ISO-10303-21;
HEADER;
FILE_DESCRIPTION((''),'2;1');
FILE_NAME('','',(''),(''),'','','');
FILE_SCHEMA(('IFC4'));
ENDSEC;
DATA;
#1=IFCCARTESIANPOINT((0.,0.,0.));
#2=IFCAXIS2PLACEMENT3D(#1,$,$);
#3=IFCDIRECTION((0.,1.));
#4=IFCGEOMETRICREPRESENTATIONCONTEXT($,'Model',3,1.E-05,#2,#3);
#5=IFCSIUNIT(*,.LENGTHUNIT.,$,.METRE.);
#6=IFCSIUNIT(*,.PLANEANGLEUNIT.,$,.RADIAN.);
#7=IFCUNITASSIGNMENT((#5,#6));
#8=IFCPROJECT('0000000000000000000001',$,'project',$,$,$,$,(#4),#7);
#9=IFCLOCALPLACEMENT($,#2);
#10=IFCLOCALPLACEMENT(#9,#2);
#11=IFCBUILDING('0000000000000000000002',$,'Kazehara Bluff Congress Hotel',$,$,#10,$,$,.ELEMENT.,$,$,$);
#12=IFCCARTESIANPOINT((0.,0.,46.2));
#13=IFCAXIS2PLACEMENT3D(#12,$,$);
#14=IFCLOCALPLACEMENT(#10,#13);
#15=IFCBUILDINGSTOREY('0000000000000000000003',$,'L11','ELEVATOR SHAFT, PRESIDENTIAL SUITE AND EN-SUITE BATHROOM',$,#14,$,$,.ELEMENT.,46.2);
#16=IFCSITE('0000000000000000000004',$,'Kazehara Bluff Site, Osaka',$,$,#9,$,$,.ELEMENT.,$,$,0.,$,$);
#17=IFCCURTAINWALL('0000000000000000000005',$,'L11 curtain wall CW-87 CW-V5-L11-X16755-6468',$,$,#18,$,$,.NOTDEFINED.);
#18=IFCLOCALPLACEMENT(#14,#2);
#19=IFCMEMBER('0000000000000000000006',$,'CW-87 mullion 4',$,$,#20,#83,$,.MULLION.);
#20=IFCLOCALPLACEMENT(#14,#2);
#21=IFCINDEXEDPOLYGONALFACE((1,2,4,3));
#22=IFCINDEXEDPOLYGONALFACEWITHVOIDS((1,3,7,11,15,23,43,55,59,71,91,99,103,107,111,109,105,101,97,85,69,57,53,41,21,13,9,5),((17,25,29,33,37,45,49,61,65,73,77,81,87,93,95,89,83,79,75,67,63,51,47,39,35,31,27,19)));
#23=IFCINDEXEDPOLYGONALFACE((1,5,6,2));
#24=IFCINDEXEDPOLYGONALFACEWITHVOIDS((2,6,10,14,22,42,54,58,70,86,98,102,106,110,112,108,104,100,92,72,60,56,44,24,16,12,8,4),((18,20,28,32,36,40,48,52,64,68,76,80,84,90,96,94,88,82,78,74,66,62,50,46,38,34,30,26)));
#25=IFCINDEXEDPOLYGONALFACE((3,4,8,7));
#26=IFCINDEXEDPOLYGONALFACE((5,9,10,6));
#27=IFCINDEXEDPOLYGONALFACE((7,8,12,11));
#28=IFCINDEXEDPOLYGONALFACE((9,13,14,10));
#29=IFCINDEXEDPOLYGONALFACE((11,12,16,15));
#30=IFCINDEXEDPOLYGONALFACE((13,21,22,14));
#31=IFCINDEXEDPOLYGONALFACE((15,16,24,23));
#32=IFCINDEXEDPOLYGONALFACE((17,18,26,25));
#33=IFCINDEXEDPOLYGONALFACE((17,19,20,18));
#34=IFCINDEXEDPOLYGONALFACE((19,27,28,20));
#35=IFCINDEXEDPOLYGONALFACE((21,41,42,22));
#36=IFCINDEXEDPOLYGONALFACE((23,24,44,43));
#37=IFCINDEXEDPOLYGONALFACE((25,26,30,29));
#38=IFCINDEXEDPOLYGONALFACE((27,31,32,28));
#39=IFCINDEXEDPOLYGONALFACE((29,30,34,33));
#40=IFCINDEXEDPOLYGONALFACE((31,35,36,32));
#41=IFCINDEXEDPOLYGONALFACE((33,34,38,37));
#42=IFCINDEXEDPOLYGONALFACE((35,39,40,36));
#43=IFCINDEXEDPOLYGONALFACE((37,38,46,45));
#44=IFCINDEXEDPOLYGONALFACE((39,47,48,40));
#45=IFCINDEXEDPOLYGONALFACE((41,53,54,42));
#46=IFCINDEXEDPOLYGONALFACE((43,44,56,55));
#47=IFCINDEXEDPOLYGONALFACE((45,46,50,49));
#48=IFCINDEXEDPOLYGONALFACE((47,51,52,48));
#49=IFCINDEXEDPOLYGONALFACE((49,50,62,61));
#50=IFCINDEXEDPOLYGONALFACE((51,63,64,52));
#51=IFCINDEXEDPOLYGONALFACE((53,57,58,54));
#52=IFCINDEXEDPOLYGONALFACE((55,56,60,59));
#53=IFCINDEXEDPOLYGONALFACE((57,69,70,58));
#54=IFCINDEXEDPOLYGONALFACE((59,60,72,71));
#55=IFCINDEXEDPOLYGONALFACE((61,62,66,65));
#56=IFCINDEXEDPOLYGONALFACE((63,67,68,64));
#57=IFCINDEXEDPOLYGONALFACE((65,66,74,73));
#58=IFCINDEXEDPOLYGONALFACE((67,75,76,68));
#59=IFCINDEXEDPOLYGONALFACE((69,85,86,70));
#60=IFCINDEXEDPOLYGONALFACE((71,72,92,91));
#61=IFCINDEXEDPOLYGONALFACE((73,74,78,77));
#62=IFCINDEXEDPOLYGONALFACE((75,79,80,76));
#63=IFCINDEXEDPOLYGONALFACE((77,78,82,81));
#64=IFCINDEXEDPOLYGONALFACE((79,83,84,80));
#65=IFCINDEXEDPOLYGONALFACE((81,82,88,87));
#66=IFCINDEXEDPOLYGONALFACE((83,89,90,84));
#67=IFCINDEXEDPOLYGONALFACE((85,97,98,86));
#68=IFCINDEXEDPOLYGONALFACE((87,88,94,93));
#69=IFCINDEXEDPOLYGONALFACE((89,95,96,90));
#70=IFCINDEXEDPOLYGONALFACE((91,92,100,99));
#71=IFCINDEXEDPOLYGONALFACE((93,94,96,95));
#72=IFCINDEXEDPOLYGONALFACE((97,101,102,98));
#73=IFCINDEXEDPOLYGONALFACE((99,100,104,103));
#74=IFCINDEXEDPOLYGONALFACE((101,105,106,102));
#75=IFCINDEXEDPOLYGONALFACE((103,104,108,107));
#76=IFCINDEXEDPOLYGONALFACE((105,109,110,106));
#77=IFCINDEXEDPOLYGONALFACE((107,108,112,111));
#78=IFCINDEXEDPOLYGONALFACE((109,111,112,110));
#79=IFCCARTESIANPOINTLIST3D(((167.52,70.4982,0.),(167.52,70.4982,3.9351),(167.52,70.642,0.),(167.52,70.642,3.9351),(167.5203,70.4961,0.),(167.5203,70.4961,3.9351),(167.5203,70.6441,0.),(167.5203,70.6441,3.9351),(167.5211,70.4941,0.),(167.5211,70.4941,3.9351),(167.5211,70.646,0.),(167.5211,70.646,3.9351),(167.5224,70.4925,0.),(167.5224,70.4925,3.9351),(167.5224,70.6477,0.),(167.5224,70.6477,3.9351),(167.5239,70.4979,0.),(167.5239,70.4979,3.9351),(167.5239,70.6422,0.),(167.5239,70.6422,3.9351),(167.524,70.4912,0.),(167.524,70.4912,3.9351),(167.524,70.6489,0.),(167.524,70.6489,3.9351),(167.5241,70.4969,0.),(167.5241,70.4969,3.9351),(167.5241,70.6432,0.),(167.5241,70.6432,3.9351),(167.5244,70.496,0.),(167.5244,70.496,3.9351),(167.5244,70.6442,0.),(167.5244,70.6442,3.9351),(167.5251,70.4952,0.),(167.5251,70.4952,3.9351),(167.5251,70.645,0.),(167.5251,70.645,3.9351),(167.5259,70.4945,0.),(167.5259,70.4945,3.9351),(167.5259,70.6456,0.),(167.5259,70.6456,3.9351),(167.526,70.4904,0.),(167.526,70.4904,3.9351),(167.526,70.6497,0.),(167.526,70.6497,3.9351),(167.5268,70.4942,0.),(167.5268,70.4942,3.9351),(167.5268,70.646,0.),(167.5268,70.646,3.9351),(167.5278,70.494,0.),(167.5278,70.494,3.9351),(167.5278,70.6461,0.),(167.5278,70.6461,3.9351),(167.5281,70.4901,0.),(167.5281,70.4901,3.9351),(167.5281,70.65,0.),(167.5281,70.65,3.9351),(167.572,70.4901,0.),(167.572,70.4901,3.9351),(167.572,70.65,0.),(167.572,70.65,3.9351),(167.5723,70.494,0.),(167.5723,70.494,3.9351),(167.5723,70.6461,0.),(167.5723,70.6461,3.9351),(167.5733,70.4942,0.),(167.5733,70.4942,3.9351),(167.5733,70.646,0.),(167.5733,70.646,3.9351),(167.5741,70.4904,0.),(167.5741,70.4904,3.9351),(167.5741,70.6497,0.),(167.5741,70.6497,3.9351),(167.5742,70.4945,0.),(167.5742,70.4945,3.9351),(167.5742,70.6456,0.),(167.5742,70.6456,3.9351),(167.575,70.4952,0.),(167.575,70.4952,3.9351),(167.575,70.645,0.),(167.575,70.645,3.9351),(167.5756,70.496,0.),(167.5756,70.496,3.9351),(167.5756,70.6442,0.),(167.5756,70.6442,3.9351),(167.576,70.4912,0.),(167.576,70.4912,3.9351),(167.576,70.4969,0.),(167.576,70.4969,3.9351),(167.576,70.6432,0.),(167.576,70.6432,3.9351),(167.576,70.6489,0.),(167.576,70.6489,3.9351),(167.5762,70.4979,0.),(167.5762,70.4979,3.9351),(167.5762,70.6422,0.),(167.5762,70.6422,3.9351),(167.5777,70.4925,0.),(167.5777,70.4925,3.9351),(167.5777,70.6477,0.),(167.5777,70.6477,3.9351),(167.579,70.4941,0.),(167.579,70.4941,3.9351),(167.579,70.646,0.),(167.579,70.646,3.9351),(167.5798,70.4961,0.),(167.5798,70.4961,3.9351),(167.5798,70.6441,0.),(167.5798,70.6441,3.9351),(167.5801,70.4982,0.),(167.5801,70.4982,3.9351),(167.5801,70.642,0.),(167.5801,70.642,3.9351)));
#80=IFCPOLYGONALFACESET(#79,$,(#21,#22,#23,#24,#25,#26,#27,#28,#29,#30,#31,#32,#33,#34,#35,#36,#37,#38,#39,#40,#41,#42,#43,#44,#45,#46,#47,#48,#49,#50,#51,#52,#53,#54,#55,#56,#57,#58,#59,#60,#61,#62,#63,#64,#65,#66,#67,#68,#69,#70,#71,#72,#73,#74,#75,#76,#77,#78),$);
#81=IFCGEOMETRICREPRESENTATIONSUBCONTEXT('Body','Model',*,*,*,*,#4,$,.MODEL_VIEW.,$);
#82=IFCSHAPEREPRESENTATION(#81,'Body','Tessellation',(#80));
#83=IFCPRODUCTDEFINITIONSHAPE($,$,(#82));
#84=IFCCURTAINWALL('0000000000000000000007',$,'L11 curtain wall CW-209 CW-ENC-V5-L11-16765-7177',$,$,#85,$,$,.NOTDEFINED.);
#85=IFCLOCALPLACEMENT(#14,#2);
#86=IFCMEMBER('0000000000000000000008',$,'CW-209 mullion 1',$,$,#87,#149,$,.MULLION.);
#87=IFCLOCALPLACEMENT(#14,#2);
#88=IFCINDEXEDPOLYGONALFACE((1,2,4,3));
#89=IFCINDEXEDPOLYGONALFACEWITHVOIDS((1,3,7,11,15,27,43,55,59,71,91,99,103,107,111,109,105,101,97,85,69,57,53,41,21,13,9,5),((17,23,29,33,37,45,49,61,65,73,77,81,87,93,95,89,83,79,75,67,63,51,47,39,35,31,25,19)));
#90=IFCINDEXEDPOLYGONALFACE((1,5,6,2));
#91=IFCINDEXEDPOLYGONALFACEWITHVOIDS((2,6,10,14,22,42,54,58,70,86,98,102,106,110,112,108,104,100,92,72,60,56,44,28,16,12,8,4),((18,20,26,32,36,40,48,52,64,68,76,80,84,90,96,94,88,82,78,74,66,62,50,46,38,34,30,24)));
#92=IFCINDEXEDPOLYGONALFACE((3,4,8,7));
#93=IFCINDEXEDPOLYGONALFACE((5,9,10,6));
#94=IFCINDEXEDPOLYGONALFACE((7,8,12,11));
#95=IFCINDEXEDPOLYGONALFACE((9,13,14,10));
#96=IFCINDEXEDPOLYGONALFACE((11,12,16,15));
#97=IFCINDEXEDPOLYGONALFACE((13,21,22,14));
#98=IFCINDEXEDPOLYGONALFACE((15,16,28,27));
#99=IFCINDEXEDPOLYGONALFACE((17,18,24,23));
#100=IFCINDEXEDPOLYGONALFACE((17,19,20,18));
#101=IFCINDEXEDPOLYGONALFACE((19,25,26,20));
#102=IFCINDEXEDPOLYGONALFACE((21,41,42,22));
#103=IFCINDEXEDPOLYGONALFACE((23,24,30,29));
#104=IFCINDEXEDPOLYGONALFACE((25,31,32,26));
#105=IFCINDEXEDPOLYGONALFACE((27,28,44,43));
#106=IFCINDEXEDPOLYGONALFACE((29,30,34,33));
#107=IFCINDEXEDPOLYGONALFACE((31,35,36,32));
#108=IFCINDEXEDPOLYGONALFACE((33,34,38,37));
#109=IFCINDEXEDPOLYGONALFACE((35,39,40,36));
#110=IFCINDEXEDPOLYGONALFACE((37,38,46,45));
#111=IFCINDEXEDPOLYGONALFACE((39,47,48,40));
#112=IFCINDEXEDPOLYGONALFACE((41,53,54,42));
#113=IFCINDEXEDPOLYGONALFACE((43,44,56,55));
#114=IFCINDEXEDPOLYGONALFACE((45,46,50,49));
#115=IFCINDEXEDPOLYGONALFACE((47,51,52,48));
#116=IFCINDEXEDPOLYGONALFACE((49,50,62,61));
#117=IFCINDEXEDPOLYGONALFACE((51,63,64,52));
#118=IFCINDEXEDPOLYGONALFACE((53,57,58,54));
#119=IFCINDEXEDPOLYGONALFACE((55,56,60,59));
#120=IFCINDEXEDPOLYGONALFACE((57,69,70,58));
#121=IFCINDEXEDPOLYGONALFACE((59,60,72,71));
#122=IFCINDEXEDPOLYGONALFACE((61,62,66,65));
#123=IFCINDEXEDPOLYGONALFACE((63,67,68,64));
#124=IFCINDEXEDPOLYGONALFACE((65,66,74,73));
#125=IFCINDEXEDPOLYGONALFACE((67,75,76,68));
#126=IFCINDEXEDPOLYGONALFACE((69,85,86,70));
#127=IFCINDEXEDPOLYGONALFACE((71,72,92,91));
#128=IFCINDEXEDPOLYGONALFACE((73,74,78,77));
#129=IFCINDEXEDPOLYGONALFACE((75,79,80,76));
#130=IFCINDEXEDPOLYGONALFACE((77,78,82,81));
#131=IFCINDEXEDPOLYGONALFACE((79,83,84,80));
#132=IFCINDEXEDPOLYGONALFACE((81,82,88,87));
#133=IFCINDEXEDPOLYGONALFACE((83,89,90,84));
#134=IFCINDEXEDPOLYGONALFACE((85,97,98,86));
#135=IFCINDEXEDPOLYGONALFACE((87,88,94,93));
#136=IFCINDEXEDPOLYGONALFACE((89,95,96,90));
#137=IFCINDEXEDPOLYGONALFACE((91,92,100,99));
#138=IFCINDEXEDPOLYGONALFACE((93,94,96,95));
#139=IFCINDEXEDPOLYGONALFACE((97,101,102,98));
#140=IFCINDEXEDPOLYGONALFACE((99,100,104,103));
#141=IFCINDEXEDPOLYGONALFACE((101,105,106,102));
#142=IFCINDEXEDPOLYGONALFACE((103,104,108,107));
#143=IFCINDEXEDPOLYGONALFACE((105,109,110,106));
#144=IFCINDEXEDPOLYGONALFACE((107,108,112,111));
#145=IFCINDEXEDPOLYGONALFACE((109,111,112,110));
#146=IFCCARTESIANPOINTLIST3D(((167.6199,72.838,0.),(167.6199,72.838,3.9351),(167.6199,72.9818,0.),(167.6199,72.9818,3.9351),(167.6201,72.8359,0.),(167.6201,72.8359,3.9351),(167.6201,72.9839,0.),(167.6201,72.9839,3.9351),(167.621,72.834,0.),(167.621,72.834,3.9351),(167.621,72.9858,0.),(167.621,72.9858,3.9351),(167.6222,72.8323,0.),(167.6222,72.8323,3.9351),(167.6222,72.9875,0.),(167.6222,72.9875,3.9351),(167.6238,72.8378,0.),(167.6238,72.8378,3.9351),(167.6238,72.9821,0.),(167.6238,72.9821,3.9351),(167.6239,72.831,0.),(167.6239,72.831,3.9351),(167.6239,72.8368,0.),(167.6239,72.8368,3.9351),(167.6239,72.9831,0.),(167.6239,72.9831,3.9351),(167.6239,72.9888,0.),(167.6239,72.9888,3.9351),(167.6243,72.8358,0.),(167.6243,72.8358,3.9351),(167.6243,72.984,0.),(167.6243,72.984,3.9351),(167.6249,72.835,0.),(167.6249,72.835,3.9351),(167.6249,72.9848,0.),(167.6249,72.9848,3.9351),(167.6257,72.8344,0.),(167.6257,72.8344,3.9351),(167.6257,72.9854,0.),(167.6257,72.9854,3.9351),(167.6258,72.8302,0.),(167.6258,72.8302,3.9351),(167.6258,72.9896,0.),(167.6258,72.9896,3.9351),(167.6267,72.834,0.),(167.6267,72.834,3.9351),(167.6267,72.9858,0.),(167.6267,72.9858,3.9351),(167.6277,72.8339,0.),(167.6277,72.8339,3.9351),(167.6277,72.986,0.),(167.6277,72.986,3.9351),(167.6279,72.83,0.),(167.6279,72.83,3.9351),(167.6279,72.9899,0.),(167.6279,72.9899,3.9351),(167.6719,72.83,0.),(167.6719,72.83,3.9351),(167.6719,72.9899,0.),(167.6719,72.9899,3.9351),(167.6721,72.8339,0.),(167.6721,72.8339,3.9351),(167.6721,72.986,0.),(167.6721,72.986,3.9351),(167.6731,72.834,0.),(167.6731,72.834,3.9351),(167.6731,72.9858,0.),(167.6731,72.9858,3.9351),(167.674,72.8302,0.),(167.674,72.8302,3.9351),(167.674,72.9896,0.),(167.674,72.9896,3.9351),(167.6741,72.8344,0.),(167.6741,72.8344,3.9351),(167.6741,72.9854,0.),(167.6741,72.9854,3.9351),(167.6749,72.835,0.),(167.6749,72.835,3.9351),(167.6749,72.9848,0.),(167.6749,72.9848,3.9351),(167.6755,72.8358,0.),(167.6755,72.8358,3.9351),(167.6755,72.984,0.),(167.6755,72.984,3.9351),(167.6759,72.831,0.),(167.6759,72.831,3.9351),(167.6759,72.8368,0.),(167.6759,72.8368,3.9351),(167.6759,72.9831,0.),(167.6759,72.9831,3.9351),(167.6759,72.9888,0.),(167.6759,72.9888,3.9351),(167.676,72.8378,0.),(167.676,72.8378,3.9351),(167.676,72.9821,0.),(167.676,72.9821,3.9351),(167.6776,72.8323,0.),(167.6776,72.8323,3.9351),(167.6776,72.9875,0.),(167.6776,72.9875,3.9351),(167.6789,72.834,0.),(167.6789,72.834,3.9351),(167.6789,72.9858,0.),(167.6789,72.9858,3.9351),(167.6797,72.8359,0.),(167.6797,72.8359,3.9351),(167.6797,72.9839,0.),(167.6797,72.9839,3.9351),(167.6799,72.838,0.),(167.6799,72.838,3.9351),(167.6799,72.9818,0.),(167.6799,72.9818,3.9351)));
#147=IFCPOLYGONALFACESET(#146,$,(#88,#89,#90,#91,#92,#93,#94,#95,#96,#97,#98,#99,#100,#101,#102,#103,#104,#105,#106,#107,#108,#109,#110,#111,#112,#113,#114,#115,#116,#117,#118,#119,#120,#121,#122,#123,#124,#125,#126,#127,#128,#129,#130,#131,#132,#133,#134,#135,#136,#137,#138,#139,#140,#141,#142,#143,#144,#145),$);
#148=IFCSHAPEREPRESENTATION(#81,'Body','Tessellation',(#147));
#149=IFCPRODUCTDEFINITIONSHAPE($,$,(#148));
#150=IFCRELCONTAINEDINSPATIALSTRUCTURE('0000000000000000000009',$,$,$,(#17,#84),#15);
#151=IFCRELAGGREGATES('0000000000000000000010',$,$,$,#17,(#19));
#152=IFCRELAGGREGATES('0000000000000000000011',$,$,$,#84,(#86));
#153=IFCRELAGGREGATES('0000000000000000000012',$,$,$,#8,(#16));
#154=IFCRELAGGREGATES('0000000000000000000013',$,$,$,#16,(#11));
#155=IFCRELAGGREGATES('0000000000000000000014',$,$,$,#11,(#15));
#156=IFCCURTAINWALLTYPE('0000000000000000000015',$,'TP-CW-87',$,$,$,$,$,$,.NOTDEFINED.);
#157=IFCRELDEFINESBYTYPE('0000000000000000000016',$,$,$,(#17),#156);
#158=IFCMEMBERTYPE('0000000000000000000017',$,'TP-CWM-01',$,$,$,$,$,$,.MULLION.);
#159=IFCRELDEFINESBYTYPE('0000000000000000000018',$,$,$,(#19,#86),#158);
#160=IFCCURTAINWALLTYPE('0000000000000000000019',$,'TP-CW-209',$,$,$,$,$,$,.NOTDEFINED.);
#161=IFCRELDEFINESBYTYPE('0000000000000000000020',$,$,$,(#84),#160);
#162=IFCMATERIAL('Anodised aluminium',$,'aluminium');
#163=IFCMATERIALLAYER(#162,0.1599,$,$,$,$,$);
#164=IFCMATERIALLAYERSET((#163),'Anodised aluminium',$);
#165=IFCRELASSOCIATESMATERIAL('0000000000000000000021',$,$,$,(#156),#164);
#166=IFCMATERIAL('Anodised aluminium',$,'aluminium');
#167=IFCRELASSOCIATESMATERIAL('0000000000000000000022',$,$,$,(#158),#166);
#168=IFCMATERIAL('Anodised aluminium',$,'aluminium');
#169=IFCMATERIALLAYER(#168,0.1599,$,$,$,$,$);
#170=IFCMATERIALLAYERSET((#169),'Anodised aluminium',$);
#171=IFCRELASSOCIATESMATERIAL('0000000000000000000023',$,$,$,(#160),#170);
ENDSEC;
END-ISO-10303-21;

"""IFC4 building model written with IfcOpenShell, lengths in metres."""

from ifc_helpers import new_model, si_unit, direction, frame, origin, origin_2d, place, context, subcontext, project, spatial, hollow_rectangle, extrude, material, layer, layer_set, material_profile, profile_set, type_object, element, aggregate, save


model = new_model("IFC4")

# Units and contexts
model_context = context("Model", 3, precision=1e-05, world=origin(), true_north=direction((0.0, 1.0)))
body_context = subcontext(model_context, "Body", "Model", "MODEL_VIEW")
ifc_project = project(units=[si_unit("LENGTHUNIT", "METRE"), si_unit("PLANEANGLEUNIT", "RADIAN")], contexts=[model_context])

# Site, building, storey
site_placement = place(None, origin())
site = spatial("IfcSite", under=ifc_project, at=site_placement, Name="Kazehara Bluff Site, Osaka", CompositionType="ELEMENT", RefElevation=0.0)
building_placement = place(site_placement, origin())
building = spatial("IfcBuilding", under=site, at=building_placement, Name="Kazehara Bluff Congress Hotel", CompositionType="ELEMENT")
storey_placement = place(building_placement, frame((0.0, 0.0, 46.2)))
storey = spatial("IfcBuildingStorey", under=building, at=storey_placement, Name="L11", Description="ELEVATOR SHAFT, PRESIDENTIAL SUITE AND EN-SUITE BATHROOM", CompositionType="ELEMENT", Elevation=46.2)

# Curtain wall, member
ifc_material_1 = material(Name="Anodised aluminium", Category="aluminium")
ifc_layer_1 = layer(ifc_material_1, 0.1599)
ifc_layer_set_1 = layer_set([ifc_layer_1], Name="Anodised aluminium")
curtain_wall_type_1 = type_object("IfcCurtainWallType", Name="TP-CW-87", PredefinedType="NOTDEFINED", material=ifc_layer_set_1)
curtain_wall_1_placement = place(storey_placement, origin())
curtain_wall_1 = element("IfcCurtainWall", 1, at=curtain_wall_1_placement, inside=storey, type_object=curtain_wall_type_1, Name="L11 curtain wall CW-87 CW-V5-L11-X16755-6468", PredefinedType="NOTDEFINED")
ifc_material_2 = material(Name="Anodised aluminium", Category="aluminium")
ifc_material_profile_1 = material_profile(ifc_material_2, hollow_rectangle(XDim=0.0601, YDim=0.1599, WallThickness=0.0039, InnerFilletRadius=0.0039, OuterFilletRadius=0.0081, at=origin_2d()))
ifc_profile_set_1 = profile_set([ifc_material_profile_1], Name="Anodised aluminium")
member_type_1 = type_object("IfcMemberType", Name="TP-CWM-01", PredefinedType="MULLION", material=ifc_profile_set_1)
member_1_placement = place(storey_placement, frame((167.55, 70.5701, 0.0), z_axis=(0.0, 0.0, 1.0), x_axis=(-1.0, 0.0, 0.0)))
member_1 = element("IfcMember", 2, at=member_1_placement, type_object=member_type_1, Name="CW-87 mullion 4", PredefinedType="MULLION", context=body_context, shape_type="SweptSolid", body=[
    extrude(hollow_rectangle(XDim=0.0601, YDim=0.1599, WallThickness=0.0039, InnerFilletRadius=0.0039, OuterFilletRadius=0.0081, at=origin_2d()), origin(), (0.0, 0.0, 1.0), 3.9351),
])

# Curtain wall, member
ifc_material_3 = material(Name="Anodised aluminium", Category="aluminium")
ifc_layer_2 = layer(ifc_material_3, 0.1599)
ifc_layer_set_2 = layer_set([ifc_layer_2], Name="Anodised aluminium")
curtain_wall_type_2 = type_object("IfcCurtainWallType", Name="TP-CW-209", PredefinedType="NOTDEFINED", material=ifc_layer_set_2)
curtain_wall_2_placement = place(storey_placement, origin())
curtain_wall_2 = element("IfcCurtainWall", 3, at=curtain_wall_2_placement, inside=storey, type_object=curtain_wall_type_2, Name="L11 curtain wall CW-209 CW-ENC-V5-L11-16765-7177", PredefinedType="NOTDEFINED")
member_2_placement = place(storey_placement, frame((167.6499, 72.9099, 0.0), z_axis=(0.0, 0.0, 1.0), x_axis=(1.0, 0.0, 0.0)))
member_2 = element("IfcMember", 4, at=member_2_placement, type_object=member_type_1, Name="CW-209 mullion 1", PredefinedType="MULLION", context=body_context, shape_type="SweptSolid", body=[
    extrude(hollow_rectangle(XDim=0.0601, YDim=0.1599, WallThickness=0.0039, InnerFilletRadius=0.0039, OuterFilletRadius=0.0081, at=origin_2d()), origin(), (0.0, 0.0, 1.0), 3.9351),
])

aggregate(curtain_wall_1, [member_1])
aggregate(curtain_wall_2, [member_2])

save(model, "model.ifc")
